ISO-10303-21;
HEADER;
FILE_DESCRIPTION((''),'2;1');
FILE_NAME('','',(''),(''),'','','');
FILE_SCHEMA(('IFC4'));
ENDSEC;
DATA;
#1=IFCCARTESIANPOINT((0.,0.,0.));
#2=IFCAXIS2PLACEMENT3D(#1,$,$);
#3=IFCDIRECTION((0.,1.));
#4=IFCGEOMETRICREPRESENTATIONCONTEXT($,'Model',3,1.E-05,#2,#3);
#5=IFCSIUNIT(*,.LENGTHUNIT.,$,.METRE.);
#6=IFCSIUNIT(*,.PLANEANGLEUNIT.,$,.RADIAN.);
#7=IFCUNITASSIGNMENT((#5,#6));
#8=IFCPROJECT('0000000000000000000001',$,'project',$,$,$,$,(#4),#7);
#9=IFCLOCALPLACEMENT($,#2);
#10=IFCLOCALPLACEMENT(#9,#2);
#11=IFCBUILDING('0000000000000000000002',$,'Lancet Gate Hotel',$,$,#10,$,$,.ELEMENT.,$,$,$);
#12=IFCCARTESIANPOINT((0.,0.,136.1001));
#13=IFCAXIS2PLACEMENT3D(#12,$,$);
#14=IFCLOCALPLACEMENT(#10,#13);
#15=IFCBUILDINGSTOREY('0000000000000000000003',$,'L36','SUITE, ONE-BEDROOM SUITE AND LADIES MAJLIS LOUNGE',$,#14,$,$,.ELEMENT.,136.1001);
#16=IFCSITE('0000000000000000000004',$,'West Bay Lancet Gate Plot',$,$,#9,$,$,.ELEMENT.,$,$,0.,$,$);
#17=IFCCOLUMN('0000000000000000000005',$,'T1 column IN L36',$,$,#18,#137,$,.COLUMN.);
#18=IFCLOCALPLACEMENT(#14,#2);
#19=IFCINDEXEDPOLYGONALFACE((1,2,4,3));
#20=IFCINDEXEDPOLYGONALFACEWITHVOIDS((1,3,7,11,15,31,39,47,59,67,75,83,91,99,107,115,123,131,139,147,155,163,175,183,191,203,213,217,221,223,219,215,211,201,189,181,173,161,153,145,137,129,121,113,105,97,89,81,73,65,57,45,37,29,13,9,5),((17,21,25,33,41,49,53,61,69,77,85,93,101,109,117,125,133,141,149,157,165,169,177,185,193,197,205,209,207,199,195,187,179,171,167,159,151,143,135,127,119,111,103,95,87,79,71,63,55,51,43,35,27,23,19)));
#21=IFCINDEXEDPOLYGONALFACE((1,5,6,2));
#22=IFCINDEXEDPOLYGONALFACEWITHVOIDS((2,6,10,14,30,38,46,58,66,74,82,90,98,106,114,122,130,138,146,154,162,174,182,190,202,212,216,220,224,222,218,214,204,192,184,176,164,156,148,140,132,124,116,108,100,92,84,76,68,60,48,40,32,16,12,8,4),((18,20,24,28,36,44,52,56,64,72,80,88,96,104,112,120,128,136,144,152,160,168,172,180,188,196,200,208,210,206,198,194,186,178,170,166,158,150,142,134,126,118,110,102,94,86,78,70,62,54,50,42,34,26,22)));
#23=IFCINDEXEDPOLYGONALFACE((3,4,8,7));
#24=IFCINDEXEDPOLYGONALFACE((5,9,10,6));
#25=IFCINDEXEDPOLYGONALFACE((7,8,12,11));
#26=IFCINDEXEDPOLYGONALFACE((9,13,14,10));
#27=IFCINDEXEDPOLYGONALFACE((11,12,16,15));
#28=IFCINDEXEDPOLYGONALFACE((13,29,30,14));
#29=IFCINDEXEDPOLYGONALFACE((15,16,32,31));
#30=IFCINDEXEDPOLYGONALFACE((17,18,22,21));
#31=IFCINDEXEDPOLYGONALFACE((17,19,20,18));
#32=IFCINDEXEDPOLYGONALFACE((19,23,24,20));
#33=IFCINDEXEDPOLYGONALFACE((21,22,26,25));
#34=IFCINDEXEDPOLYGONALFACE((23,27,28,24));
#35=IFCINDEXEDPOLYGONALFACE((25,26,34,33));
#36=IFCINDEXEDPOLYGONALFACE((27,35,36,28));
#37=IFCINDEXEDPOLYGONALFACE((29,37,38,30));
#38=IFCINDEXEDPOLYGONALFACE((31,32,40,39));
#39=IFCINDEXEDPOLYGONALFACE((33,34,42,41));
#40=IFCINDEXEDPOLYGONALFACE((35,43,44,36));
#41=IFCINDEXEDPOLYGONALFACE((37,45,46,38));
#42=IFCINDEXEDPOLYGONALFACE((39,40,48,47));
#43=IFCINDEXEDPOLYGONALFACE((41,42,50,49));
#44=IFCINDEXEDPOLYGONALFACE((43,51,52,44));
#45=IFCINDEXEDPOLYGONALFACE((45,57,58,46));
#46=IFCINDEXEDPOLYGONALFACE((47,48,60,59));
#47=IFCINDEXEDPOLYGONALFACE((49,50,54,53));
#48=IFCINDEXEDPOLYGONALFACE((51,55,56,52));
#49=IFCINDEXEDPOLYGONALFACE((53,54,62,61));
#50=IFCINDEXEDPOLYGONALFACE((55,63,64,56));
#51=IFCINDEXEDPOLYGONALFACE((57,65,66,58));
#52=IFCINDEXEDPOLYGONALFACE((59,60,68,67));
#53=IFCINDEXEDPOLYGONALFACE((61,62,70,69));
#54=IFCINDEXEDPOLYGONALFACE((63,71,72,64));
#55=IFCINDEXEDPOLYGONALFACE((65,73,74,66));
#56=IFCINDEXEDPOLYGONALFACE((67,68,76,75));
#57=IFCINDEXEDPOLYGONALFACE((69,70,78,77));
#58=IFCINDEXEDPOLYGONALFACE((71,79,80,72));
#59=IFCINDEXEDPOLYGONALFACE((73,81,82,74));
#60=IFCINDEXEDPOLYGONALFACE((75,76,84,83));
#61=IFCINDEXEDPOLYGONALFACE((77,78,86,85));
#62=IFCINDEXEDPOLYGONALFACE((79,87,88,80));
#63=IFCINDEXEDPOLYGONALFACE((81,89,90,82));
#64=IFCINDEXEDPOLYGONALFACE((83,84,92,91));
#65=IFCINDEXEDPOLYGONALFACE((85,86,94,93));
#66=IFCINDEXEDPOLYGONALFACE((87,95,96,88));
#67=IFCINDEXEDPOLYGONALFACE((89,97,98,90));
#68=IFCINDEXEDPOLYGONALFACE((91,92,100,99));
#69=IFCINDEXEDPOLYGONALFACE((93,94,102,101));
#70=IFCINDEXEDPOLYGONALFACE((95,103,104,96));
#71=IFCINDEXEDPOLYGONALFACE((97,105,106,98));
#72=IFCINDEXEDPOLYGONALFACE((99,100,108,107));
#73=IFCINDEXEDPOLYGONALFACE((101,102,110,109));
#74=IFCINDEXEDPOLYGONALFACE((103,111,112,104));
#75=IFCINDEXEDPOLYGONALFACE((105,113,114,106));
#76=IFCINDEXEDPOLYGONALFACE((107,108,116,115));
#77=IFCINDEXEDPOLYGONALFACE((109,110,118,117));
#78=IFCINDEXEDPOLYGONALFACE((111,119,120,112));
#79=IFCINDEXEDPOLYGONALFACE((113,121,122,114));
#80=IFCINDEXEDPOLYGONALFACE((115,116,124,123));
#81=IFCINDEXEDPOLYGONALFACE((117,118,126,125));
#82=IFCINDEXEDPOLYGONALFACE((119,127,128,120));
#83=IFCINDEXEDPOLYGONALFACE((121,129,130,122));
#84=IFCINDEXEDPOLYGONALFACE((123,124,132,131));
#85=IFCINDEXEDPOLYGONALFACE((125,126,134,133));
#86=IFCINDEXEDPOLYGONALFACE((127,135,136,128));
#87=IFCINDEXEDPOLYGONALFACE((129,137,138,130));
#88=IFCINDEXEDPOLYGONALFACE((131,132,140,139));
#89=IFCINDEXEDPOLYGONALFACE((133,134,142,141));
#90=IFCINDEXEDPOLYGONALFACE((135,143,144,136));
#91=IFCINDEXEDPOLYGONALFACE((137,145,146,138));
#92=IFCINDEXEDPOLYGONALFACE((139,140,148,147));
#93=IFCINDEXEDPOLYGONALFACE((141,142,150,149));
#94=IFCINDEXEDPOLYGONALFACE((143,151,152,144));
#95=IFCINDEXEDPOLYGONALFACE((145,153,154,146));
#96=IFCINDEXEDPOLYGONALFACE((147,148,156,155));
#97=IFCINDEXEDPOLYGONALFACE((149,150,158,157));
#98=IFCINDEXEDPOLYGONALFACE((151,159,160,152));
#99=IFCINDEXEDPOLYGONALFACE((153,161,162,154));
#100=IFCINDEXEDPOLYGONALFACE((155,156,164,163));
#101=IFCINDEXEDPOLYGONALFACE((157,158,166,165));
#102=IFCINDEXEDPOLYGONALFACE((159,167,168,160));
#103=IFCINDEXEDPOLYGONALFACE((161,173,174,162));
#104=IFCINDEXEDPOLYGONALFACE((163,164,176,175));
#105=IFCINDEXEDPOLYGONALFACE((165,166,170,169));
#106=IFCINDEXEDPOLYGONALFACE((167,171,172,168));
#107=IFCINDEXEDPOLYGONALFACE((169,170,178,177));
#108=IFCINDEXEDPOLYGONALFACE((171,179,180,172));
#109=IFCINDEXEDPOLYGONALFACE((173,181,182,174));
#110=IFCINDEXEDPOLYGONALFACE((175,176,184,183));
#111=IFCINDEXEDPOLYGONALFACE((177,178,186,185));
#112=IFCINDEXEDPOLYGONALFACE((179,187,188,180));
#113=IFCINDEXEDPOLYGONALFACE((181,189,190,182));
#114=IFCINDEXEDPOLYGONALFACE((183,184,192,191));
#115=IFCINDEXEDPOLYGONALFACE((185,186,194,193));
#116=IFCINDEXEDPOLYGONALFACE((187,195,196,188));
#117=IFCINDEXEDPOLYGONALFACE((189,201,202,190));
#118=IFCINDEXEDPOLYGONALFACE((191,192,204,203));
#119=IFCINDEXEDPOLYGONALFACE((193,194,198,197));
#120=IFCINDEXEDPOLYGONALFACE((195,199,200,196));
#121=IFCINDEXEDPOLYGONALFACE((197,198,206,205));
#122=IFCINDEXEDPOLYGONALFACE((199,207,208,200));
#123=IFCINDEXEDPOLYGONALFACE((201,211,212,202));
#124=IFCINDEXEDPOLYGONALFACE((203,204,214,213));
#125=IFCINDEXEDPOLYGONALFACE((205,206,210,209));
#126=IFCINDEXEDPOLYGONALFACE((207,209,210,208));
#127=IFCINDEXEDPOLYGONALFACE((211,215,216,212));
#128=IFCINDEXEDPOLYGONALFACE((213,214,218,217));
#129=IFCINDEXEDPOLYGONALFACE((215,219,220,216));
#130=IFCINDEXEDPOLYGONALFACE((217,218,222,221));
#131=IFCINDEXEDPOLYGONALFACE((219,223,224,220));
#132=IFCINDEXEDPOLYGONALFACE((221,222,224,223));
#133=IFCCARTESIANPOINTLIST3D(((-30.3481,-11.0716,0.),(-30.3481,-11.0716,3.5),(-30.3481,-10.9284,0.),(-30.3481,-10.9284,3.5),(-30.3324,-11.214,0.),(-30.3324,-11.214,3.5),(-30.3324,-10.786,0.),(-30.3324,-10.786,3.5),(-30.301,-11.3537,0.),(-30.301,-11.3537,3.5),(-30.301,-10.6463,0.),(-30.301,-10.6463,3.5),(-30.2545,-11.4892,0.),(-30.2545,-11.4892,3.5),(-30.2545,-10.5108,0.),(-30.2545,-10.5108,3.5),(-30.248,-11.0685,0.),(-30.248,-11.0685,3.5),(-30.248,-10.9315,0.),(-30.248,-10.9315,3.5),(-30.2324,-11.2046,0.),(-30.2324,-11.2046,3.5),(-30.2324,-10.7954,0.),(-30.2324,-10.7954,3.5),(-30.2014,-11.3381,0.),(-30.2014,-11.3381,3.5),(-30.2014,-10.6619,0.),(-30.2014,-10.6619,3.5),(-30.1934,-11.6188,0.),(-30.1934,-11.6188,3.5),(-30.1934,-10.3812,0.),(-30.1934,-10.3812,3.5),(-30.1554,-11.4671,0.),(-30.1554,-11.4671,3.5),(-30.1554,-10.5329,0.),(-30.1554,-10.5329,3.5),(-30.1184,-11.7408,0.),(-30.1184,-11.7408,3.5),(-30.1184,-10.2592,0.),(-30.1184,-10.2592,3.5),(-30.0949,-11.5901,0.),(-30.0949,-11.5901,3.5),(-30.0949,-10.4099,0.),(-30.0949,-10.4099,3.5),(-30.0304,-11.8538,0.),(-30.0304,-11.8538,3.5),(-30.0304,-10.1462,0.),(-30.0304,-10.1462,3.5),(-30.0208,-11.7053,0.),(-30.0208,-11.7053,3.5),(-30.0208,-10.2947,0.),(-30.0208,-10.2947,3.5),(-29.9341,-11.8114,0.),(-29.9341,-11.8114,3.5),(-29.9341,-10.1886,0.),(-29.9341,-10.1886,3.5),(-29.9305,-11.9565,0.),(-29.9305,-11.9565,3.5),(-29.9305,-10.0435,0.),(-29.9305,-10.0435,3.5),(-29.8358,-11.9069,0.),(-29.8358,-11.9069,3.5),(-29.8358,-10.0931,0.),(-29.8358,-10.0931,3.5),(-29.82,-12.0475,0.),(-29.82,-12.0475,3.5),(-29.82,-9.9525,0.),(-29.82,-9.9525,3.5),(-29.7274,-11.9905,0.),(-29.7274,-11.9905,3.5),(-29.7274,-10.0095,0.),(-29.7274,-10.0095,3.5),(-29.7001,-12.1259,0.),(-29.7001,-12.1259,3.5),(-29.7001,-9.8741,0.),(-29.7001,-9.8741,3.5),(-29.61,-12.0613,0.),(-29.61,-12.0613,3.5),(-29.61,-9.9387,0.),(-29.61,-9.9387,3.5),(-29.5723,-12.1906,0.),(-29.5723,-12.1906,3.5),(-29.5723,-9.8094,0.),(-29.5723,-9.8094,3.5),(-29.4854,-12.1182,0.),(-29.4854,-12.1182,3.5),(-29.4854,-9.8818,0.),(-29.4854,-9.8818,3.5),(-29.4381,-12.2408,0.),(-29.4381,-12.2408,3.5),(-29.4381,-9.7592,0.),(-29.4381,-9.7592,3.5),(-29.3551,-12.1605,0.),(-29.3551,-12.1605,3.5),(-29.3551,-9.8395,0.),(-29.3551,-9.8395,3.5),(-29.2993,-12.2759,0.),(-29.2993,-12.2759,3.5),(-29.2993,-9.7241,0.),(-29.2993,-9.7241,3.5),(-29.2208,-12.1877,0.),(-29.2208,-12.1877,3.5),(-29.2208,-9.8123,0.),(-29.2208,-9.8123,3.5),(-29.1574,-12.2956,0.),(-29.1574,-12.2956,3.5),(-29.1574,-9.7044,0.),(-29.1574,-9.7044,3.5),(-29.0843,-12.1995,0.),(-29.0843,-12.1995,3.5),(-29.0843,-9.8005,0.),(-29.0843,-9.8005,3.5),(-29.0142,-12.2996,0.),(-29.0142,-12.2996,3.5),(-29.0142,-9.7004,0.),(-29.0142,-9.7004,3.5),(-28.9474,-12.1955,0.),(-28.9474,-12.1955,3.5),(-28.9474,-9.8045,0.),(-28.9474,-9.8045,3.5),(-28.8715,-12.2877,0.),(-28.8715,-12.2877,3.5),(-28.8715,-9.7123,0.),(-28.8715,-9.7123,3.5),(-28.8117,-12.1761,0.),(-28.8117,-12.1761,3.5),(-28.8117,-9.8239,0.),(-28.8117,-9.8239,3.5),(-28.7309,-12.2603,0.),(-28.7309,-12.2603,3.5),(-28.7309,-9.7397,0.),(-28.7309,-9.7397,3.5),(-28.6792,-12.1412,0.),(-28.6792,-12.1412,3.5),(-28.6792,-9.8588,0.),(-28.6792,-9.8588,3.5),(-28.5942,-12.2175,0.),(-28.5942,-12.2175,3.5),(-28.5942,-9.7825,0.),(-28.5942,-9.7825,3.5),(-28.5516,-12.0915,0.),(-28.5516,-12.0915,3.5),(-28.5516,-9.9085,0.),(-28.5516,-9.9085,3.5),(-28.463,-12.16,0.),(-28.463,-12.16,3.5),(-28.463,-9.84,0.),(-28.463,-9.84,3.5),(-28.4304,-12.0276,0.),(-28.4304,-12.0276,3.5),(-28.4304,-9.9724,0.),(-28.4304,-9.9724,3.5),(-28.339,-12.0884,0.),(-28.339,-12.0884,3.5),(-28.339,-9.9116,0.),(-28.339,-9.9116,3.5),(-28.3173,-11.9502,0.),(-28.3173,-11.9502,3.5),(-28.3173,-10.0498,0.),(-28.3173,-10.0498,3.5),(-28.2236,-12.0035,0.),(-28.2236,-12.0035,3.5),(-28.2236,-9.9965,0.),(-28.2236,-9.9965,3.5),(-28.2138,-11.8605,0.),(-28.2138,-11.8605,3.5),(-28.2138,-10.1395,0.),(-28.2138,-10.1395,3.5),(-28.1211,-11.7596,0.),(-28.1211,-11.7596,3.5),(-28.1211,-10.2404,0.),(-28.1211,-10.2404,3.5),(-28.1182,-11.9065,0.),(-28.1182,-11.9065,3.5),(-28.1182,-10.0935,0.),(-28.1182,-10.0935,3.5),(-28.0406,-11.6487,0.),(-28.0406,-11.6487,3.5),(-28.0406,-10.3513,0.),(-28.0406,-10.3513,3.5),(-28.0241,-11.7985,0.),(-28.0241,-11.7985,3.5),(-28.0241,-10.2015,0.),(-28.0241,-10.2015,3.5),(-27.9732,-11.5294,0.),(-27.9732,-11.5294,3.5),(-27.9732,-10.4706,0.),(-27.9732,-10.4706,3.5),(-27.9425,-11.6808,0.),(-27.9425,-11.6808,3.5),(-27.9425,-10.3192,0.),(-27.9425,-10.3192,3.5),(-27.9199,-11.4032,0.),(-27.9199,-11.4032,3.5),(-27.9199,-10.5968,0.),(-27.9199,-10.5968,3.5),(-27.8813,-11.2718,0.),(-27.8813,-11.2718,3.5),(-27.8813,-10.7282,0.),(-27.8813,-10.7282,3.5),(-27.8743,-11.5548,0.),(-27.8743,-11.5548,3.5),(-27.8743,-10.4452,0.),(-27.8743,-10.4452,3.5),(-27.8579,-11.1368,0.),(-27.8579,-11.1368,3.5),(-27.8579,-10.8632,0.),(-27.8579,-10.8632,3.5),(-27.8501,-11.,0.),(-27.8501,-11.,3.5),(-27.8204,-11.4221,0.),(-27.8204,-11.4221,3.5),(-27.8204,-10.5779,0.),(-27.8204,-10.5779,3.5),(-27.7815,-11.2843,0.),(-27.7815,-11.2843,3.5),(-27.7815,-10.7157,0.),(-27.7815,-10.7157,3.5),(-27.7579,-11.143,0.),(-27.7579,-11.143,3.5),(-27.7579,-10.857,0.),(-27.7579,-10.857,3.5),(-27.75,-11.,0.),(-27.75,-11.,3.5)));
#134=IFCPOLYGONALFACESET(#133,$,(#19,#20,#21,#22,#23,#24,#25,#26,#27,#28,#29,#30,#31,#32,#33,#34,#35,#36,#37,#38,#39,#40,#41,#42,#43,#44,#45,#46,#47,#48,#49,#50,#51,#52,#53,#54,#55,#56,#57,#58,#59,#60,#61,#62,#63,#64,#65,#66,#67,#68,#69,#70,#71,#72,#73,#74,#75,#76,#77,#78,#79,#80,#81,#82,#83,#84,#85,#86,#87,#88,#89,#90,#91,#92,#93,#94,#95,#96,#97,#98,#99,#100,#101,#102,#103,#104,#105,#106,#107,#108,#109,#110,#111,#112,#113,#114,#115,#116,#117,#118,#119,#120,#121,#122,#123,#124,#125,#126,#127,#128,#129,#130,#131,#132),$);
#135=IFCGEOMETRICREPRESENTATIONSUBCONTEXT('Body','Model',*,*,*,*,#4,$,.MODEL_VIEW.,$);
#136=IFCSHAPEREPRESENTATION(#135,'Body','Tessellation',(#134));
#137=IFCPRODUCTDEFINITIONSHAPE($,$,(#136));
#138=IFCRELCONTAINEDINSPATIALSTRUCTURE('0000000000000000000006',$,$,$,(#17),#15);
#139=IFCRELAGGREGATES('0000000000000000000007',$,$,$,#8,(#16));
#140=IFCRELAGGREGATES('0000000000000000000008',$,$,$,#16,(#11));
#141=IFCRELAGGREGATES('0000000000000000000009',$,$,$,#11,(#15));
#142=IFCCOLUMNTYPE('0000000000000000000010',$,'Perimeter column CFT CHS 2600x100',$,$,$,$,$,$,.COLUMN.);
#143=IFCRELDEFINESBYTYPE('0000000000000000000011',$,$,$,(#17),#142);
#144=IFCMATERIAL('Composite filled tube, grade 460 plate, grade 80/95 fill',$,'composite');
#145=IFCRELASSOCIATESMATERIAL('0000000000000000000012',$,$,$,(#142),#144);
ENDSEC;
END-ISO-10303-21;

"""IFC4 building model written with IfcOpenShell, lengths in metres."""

from ifc_helpers import new_model, si_unit, direction, frame, origin, origin_2d, place, context, subcontext, project, spatial, hollow_circle, extrude, material, material_profile, profile_set, type_object, element, save


model = new_model("IFC4")

# Units and contexts
model_context = context("Model", 3, precision=1e-05, world=origin(), true_north=direction((0.0, 1.0)))
body_context = subcontext(model_context, "Body", "Model", "MODEL_VIEW")
ifc_project = project(units=[si_unit("LENGTHUNIT", "METRE"), si_unit("PLANEANGLEUNIT", "RADIAN")], contexts=[model_context])

# Site, building, storey
site_placement = place(None, origin())
site = spatial("IfcSite", under=ifc_project, at=site_placement, Name="West Bay Lancet Gate Plot", CompositionType="ELEMENT", RefElevation=0.0)
building_placement = place(site_placement, origin())
building = spatial("IfcBuilding", under=site, at=building_placement, Name="Lancet Gate Hotel", CompositionType="ELEMENT")
storey_placement = place(building_placement, frame((0.0, 0.0, 136.1001)))
storey = spatial("IfcBuildingStorey", under=building, at=storey_placement, Name="L36", Description="SUITE, ONE-BEDROOM SUITE AND LADIES MAJLIS LOUNGE", CompositionType="ELEMENT", Elevation=136.1001)

# Column
ifc_material_1 = material(Name="Composite filled tube, grade 460 plate, grade 80/95 fill", Category="composite")
ifc_material_profile_1 = material_profile(ifc_material_1, hollow_circle(Radius=1.3, WallThickness=0.1001, at=origin_2d()), Name="CHS 2600x100")
ifc_profile_set_1 = profile_set([ifc_material_profile_1], Name="Composite filled tube, grade 460 plate, grade 80/95 fill")
column_type = type_object("IfcColumnType", Name="Perimeter column CFT CHS 2600x100", PredefinedType="COLUMN", material=ifc_profile_set_1)
for number, where, z_axis, x_axis, name in (
    (1, (-29.05, -11.0, 0.0), (0.0, 0.0, 1.0), (1.0, 0.0, 0.0), "T1 column IN L36"),
):
    element("IfcColumn", number, at=place(storey_placement, frame(where, z_axis=z_axis, x_axis=x_axis)), inside=storey, type_object=column_type, Name=name, PredefinedType="COLUMN", context=body_context, shape_type="SweptSolid", body=[
        extrude(hollow_circle(Radius=1.3, WallThickness=0.1001, at=origin_2d()), origin(), (0.0, 0.0, 1.0), 3.5),
    ])

save(model, "model.ifc")
